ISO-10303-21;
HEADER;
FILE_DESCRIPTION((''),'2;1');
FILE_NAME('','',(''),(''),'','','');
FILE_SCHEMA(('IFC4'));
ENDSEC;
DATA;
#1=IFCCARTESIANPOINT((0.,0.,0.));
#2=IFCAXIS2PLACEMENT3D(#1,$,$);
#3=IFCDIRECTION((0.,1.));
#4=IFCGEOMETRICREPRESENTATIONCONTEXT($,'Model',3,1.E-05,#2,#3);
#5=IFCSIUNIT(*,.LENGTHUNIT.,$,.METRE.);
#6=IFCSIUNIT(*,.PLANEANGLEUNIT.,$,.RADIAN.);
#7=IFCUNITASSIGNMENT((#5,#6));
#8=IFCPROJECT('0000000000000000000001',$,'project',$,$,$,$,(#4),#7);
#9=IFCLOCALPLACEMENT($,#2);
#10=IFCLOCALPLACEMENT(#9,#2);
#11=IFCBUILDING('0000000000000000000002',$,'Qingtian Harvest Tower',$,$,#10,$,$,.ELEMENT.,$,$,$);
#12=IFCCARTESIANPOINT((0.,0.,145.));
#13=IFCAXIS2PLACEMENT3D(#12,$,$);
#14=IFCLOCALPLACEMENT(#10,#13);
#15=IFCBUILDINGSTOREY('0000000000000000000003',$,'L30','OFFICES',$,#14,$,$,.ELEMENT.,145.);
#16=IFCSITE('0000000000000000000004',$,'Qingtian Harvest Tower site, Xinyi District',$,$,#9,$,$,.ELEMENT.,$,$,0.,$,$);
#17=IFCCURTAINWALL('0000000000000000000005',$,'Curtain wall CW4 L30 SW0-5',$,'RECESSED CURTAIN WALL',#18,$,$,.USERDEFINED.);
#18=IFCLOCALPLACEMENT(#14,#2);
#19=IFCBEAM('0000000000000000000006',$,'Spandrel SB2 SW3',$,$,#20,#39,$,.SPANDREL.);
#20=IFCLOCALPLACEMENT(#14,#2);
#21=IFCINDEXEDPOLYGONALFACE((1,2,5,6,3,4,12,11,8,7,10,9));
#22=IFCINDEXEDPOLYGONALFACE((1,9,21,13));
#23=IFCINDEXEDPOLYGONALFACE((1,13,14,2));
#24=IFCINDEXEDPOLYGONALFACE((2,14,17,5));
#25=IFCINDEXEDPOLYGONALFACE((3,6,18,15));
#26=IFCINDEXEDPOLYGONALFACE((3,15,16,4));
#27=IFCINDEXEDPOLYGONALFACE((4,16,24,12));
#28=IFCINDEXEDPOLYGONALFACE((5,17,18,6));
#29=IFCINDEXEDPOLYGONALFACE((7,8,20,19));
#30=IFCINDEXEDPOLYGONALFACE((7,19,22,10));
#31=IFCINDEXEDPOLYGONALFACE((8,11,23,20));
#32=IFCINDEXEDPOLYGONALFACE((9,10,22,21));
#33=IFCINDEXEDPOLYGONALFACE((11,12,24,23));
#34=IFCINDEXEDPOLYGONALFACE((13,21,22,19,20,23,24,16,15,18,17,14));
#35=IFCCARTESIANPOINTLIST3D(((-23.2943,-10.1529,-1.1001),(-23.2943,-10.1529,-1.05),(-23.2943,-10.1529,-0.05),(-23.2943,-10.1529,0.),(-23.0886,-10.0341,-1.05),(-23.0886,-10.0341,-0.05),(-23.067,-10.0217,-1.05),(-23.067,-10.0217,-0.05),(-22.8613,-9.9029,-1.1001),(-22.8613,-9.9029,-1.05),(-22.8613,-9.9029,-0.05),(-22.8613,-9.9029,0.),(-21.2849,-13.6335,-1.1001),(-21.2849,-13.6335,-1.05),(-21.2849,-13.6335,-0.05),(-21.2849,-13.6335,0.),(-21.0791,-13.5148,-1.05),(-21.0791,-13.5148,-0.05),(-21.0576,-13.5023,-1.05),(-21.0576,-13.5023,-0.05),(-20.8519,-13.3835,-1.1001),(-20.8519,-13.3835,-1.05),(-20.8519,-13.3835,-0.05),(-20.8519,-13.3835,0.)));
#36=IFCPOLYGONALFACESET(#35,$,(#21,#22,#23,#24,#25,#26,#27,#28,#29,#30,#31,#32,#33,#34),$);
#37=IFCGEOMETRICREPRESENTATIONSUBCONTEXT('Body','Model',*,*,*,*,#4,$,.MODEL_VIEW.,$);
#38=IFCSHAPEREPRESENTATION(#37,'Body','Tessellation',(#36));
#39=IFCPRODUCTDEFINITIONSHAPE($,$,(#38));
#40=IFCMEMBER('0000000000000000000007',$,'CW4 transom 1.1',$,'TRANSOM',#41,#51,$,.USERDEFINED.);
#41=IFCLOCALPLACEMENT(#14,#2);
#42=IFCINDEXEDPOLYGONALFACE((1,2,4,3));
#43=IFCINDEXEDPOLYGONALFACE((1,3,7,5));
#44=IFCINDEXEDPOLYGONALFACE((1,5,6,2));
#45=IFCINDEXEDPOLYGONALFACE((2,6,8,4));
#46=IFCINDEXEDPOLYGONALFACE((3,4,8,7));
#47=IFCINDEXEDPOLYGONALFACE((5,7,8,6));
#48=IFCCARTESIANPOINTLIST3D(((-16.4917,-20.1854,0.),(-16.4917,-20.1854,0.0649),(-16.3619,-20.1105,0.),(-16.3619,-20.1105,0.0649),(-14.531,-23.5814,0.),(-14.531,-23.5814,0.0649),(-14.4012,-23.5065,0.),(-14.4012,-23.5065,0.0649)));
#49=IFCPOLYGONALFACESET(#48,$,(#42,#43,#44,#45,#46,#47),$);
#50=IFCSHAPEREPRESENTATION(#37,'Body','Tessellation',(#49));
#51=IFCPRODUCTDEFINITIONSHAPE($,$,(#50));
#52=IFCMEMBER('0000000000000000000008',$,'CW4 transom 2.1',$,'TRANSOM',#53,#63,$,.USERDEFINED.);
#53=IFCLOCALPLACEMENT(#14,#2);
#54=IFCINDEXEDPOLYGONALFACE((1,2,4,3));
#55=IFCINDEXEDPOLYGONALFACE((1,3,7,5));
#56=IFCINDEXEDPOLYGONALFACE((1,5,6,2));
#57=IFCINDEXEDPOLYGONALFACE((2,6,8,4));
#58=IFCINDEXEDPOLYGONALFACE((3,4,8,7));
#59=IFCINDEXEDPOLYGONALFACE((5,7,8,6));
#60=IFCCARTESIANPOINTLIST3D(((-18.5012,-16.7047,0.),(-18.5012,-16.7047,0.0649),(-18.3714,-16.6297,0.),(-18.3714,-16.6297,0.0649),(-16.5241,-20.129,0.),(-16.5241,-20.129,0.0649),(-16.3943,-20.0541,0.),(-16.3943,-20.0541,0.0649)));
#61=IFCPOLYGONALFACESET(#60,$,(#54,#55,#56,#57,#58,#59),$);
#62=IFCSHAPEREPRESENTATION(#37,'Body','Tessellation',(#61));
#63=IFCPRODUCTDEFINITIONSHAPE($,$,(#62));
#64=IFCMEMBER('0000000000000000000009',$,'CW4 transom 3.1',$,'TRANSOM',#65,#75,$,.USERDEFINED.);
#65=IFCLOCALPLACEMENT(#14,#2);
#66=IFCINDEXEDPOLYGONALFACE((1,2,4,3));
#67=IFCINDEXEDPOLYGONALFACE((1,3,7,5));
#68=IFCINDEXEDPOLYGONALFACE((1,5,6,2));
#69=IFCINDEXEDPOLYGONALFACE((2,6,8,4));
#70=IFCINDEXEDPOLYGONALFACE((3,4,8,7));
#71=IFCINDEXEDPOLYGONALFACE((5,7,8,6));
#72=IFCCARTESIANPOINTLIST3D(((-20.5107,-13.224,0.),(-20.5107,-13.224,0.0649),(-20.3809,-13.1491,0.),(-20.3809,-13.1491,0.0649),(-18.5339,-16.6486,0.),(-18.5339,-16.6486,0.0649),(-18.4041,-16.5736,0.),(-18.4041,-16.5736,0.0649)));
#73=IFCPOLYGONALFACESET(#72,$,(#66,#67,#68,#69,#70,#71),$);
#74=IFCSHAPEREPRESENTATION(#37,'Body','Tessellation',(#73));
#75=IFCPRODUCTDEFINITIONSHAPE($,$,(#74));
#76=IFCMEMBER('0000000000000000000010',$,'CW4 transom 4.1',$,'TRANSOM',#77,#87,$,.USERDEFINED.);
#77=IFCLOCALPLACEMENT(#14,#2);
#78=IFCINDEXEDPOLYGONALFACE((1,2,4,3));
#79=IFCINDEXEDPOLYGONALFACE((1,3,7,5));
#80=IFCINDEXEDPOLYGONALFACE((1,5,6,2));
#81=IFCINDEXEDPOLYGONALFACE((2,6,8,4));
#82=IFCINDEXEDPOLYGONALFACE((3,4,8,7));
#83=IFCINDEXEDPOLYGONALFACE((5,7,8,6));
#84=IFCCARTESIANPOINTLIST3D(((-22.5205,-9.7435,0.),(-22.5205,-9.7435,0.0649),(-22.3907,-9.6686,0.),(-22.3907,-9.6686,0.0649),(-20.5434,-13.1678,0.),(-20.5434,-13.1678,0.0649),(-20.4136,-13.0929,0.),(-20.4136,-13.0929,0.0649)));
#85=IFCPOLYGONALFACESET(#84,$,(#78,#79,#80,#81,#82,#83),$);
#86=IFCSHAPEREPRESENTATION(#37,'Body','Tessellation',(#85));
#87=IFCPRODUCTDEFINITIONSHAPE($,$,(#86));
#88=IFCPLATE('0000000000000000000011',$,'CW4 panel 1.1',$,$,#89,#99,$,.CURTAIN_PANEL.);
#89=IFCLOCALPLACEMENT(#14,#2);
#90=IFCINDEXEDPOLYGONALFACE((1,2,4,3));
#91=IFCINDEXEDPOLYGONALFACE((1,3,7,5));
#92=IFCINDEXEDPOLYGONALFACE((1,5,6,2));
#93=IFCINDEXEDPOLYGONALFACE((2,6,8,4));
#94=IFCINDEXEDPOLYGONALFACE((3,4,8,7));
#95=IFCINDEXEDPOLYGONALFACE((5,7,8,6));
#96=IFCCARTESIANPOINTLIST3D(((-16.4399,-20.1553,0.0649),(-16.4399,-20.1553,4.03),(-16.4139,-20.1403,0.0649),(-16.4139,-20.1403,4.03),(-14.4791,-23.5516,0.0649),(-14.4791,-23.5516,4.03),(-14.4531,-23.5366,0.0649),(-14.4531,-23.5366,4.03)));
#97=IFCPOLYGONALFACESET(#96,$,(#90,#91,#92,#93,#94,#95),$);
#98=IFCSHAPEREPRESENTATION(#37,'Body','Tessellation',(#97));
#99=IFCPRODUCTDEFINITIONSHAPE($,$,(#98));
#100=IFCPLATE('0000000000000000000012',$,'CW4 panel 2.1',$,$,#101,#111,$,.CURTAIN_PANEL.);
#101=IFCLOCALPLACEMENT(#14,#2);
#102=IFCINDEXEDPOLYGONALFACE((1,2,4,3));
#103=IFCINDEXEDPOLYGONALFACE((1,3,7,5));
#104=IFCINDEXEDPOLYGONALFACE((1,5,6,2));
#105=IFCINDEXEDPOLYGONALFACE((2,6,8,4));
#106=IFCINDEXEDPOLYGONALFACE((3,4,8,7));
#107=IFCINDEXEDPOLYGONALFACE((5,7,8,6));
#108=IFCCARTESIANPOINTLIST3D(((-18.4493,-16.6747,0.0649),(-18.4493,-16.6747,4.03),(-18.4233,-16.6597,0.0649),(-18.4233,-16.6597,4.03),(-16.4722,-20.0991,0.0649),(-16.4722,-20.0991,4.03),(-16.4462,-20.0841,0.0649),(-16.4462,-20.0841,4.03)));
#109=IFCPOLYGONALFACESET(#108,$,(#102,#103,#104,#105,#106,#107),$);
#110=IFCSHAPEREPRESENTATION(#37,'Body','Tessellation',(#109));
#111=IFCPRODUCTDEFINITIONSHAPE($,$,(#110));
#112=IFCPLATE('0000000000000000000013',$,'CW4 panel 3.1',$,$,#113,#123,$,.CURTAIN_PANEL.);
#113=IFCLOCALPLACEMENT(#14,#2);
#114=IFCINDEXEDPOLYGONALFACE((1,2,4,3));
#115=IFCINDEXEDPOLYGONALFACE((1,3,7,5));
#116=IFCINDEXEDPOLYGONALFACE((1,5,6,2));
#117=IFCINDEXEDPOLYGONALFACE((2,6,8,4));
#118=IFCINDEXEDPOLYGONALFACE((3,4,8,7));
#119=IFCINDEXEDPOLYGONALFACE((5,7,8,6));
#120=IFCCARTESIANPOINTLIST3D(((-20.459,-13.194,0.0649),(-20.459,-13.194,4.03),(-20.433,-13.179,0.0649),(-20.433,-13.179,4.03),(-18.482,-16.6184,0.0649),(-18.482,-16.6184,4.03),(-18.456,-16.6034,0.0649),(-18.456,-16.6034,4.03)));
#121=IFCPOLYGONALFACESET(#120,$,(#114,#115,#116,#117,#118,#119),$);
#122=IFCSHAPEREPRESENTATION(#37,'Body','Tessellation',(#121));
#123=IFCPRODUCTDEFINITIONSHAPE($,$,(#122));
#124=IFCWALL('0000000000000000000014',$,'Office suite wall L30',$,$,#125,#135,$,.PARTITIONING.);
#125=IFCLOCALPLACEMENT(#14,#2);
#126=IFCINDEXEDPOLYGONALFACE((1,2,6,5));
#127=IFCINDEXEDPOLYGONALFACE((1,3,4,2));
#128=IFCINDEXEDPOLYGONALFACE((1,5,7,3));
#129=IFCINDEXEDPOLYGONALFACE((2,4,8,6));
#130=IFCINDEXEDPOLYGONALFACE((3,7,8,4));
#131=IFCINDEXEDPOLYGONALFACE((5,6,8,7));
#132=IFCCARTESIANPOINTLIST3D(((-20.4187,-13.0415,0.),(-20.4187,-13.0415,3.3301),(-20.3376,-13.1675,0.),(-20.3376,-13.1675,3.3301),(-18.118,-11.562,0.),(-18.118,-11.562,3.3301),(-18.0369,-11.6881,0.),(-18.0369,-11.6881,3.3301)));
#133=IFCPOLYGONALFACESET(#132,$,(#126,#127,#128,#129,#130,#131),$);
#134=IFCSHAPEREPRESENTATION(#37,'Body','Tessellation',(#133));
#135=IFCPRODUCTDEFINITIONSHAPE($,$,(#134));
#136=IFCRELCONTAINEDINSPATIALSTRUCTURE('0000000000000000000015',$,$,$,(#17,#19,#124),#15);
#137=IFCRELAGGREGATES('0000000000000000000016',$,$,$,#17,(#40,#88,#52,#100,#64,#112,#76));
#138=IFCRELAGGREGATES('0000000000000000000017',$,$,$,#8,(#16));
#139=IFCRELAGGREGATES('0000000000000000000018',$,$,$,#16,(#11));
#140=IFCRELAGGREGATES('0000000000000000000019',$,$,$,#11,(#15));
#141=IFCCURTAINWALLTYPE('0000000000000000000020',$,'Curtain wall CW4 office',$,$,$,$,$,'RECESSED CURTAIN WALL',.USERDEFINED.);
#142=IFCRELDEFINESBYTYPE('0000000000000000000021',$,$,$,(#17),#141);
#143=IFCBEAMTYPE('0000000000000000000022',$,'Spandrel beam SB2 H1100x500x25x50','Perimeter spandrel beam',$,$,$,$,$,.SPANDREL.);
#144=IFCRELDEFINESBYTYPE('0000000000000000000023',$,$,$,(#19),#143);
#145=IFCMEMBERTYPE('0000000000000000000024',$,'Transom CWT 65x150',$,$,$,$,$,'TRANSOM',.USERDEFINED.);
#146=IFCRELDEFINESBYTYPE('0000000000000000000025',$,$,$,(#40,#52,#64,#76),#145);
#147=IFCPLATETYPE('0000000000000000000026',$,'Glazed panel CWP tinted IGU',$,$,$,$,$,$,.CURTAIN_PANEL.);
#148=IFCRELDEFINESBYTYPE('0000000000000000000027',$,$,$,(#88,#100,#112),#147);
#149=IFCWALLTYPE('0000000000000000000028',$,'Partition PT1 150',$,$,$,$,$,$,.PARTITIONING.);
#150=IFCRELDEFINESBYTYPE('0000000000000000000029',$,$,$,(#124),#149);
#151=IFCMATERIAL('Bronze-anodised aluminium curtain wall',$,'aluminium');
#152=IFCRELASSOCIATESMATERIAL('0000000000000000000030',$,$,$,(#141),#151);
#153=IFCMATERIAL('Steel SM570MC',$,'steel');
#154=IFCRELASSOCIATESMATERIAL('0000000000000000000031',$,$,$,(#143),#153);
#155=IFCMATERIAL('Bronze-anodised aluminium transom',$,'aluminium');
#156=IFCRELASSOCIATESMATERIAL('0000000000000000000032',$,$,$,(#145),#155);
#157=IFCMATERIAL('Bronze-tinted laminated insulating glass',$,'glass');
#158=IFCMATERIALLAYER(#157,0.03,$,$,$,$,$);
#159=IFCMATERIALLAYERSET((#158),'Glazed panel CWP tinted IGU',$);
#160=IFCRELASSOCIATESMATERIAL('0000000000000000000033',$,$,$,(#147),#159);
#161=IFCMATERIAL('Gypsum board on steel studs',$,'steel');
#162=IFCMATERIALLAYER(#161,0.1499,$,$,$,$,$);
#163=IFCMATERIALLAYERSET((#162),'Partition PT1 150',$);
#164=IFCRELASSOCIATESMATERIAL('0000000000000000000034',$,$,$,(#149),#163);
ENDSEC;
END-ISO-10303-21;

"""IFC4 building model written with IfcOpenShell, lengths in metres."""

from ifc_helpers import new_model, si_unit, direction, frame, frame_2d, origin, origin_2d, place, context, subcontext, project, spatial, rectangle, i_section, extrude, material, layer, layer_set, material_profile, profile_set, type_object, element, aggregate, save


model = new_model("IFC4")

# Units and contexts
model_context = context("Model", 3, precision=1e-05, world=origin(), true_north=direction((0.0, 1.0)))
body_context = subcontext(model_context, "Body", "Model", "MODEL_VIEW")
ifc_project = project(units=[si_unit("LENGTHUNIT", "METRE"), si_unit("PLANEANGLEUNIT", "RADIAN")], contexts=[model_context])

# Site, building, storey
site_placement = place(None, origin())
site = spatial("IfcSite", under=ifc_project, at=site_placement, Name="Qingtian Harvest Tower site, Xinyi District", CompositionType="ELEMENT", RefElevation=0.0)
building_placement = place(site_placement, origin())
building = spatial("IfcBuilding", under=site, at=building_placement, Name="Qingtian Harvest Tower", CompositionType="ELEMENT")
storey_placement = place(building_placement, frame((0.0, 0.0, 145.0)))
storey = spatial("IfcBuildingStorey", under=building, at=storey_placement, Name="L30", Description="OFFICES", CompositionType="ELEMENT", Elevation=145.0)

# Shared definitions
ifc_material_1 = material(Name="Bronze-anodised aluminium curtain wall", Category="aluminium")
curtain_wall_type = type_object("IfcCurtainWallType", Name="Curtain wall CW4 office", ElementType="RECESSED CURTAIN WALL", PredefinedType="USERDEFINED", material=ifc_material_1)

# Curtain wall
curtain_wall_1_placement = place(storey_placement, origin())
curtain_wall_1 = element("IfcCurtainWall", 1, at=curtain_wall_1_placement, inside=storey, type_object=curtain_wall_type, Name="Curtain wall CW4 L30 SW0-5", ObjectType="RECESSED CURTAIN WALL", PredefinedType="USERDEFINED")

# Beam
ifc_material_2 = material(Name="Steel SM570MC", Category="steel")
ifc_material_profile_1 = material_profile(ifc_material_2, i_section(OverallWidth=0.5, OverallDepth=1.1001, WebThickness=0.0249, FlangeThickness=0.05, at=origin_2d()), Name="H1100x500x25x50")
ifc_profile_set_1 = profile_set([ifc_material_profile_1], Name="Steel SM570MC")
beam_type_1 = type_object("IfcBeamType", Name="Spandrel beam SB2 H1100x500x25x50", Description="Perimeter spandrel beam", PredefinedType="SPANDREL", material=ifc_profile_set_1)
for number, where, z_axis, x_axis, name in (
    (2, (-21.0684, -13.5085, -0.55), (-0.499987, 0.866033, 0.0), (-0.866033, -0.499987, 0.0), "Spandrel SB2 SW3"),
):
    element("IfcBeam", number, at=place(storey_placement, frame(where, z_axis=z_axis, x_axis=x_axis)), inside=storey, type_object=beam_type_1, Name=name, PredefinedType="SPANDREL", context=body_context, shape_type="SweptSolid", body=[
        extrude(i_section(OverallWidth=0.5, OverallDepth=1.1001, WebThickness=0.0249, FlangeThickness=0.05, at=origin_2d()), origin(), (0.0, 0.0, 1.0), 4.019),
    ])

# Members
ifc_material_3 = material(Name="Bronze-anodised aluminium transom", Category="aluminium")
ifc_material_profile_2 = material_profile(ifc_material_3, rectangle(XDim=0.1499, YDim=0.0649, at=origin_2d()), Name="AL 65x150")
ifc_profile_set_2 = profile_set([ifc_material_profile_2], Name="Bronze-anodised aluminium transom")
member_type_1 = type_object("IfcMemberType", Name="Transom CWT 65x150", ElementType="TRANSOM", PredefinedType="USERDEFINED", material=ifc_profile_set_2)
member_1_placement = place(storey_placement, frame((-14.4661, -23.5439, 0.0325), z_axis=(-0.500003, 0.866024, 0.0), x_axis=(-0.866024, -0.500003, 0.0)))
member_1 = element("IfcMember", 3, at=member_1_placement, type_object=member_type_1, Name="CW4 transom 1.1", ObjectType="TRANSOM", PredefinedType="USERDEFINED", context=body_context, shape_type="SweptSolid", body=[
    extrude(rectangle(XDim=0.1499, YDim=0.0649, at=origin_2d()), origin(), (0.0, 0.0, 1.0), 3.9214),
])
member_2_placement = place(storey_placement, frame((-16.4592, -20.0916, 0.0325), z_axis=(-0.500004, 0.866023, 0.0), x_axis=(-0.866023, -0.500004, 0.0)))
member_2 = element("IfcMember", 4, at=member_2_placement, type_object=member_type_1, Name="CW4 transom 2.1", ObjectType="TRANSOM", PredefinedType="USERDEFINED", context=body_context, shape_type="SweptSolid", body=[
    extrude(rectangle(XDim=0.1499, YDim=0.0649, at=origin_2d()), origin(), (0.0, 0.0, 1.0), 3.9541),
])
member_3_placement = place(storey_placement, frame((-18.469, -16.6111, 0.0325), z_axis=(-0.499931, 0.866065, 0.0), x_axis=(-0.866065, -0.499931, 0.0)))
member_3 = element("IfcMember", 5, at=member_3_placement, type_object=member_type_1, Name="CW4 transom 3.1", ObjectType="TRANSOM", PredefinedType="USERDEFINED", context=body_context, shape_type="SweptSolid", body=[
    extrude(rectangle(XDim=0.1499, YDim=0.0649, at=origin_2d()), origin(), (0.0, 0.0, 1.0), 3.9541),
])
member_4_placement = place(storey_placement, frame((-20.4785, -13.1304, 0.0325), z_axis=(-0.500004, 0.866023, 0.0), x_axis=(-0.866023, -0.500004, 0.0)))
member_4 = element("IfcMember", 6, at=member_4_placement, type_object=member_type_1, Name="CW4 transom 4.1", ObjectType="TRANSOM", PredefinedType="USERDEFINED", context=body_context, shape_type="SweptSolid", body=[
    extrude(rectangle(XDim=0.1499, YDim=0.0649, at=origin_2d()), origin(), (0.0, 0.0, 1.0), 3.9541),
])

# Plates
ifc_material_4 = material(Name="Bronze-tinted laminated insulating glass", Category="glass")
ifc_layer_1 = layer(ifc_material_4, 0.03)
ifc_layer_set_1 = layer_set([ifc_layer_1], Name="Glazed panel CWP tinted IGU")
plate_type = type_object("IfcPlateType", Name="Glazed panel CWP tinted IGU", PredefinedType="CURTAIN_PANEL", material=ifc_layer_set_1)
plate_1_placement = place(storey_placement, frame((-15.4465, -21.8459, 0.0649), z_axis=(0.0, 0.0, 1.0), x_axis=(-0.5, 0.866025, 0.0)))
plate_1 = element("IfcPlate", 7, at=plate_1_placement, type_object=plate_type, Name="CW4 panel 1.1", PredefinedType="CURTAIN_PANEL", context=body_context, shape_type="SweptSolid", body=[
    extrude(rectangle(XDim=3.9216, YDim=0.03, at=origin_2d()), origin(), (0.0, 0.0, 1.0), 3.9651),
])
plate_2_placement = place(storey_placement, frame((-17.4478, -18.3794, 0.0649), z_axis=(0.0, 0.0, 1.0), x_axis=(-0.5, 0.866025, 0.0)))
plate_2 = element("IfcPlate", 8, at=plate_2_placement, type_object=plate_type, Name="CW4 panel 2.1", PredefinedType="CURTAIN_PANEL", context=body_context, shape_type="SweptSolid", body=[
    extrude(rectangle(XDim=3.9541, YDim=0.03, at=origin_2d()), origin(), (0.0, 0.0, 1.0), 3.9651),
])
plate_3_placement = place(storey_placement, frame((-19.4575, -14.8987, 0.0649), z_axis=(0.0, 0.0, 1.0), x_axis=(-0.5, 0.866025, 0.0)))
plate_3 = element("IfcPlate", 9, at=plate_3_placement, type_object=plate_type, Name="CW4 panel 3.1", PredefinedType="CURTAIN_PANEL", context=body_context, shape_type="SweptSolid", body=[
    extrude(rectangle(XDim=3.9541, YDim=0.03, at=origin_2d()), origin(), (0.0, 0.0, 1.0), 3.9651),
])
aggregate(curtain_wall_1, [member_1, plate_1, member_2, plate_2, member_3, plate_3, member_4])

# Wall
ifc_material_5 = material(Name="Gypsum board on steel studs", Category="steel")
ifc_layer_2 = layer(ifc_material_5, 0.1499)
ifc_layer_set_2 = layer_set([ifc_layer_2], Name="Partition PT1 150")
wall_type = type_object("IfcWallType", Name="Partition PT1 150", PredefinedType="PARTITIONING", material=ifc_layer_set_2)
wall_placement = place(storey_placement, frame((-20.3782, -13.1045, 0.0), z_axis=(0.0, 0.0, 1.0), x_axis=(0.841109, 0.540866, 0.0)))
element("IfcWall", 10, at=wall_placement, inside=storey, type_object=wall_type, Name="Office suite wall L30", PredefinedType="PARTITIONING", context=body_context, shape_type="SweptSolid", body=[
    extrude(rectangle(XDim=2.7354, YDim=0.1499, at=frame_2d((1.3677, 0.0))), origin(), (0.0, 0.0, 1.0), 3.3301),
])

save(model, "model.ifc")
